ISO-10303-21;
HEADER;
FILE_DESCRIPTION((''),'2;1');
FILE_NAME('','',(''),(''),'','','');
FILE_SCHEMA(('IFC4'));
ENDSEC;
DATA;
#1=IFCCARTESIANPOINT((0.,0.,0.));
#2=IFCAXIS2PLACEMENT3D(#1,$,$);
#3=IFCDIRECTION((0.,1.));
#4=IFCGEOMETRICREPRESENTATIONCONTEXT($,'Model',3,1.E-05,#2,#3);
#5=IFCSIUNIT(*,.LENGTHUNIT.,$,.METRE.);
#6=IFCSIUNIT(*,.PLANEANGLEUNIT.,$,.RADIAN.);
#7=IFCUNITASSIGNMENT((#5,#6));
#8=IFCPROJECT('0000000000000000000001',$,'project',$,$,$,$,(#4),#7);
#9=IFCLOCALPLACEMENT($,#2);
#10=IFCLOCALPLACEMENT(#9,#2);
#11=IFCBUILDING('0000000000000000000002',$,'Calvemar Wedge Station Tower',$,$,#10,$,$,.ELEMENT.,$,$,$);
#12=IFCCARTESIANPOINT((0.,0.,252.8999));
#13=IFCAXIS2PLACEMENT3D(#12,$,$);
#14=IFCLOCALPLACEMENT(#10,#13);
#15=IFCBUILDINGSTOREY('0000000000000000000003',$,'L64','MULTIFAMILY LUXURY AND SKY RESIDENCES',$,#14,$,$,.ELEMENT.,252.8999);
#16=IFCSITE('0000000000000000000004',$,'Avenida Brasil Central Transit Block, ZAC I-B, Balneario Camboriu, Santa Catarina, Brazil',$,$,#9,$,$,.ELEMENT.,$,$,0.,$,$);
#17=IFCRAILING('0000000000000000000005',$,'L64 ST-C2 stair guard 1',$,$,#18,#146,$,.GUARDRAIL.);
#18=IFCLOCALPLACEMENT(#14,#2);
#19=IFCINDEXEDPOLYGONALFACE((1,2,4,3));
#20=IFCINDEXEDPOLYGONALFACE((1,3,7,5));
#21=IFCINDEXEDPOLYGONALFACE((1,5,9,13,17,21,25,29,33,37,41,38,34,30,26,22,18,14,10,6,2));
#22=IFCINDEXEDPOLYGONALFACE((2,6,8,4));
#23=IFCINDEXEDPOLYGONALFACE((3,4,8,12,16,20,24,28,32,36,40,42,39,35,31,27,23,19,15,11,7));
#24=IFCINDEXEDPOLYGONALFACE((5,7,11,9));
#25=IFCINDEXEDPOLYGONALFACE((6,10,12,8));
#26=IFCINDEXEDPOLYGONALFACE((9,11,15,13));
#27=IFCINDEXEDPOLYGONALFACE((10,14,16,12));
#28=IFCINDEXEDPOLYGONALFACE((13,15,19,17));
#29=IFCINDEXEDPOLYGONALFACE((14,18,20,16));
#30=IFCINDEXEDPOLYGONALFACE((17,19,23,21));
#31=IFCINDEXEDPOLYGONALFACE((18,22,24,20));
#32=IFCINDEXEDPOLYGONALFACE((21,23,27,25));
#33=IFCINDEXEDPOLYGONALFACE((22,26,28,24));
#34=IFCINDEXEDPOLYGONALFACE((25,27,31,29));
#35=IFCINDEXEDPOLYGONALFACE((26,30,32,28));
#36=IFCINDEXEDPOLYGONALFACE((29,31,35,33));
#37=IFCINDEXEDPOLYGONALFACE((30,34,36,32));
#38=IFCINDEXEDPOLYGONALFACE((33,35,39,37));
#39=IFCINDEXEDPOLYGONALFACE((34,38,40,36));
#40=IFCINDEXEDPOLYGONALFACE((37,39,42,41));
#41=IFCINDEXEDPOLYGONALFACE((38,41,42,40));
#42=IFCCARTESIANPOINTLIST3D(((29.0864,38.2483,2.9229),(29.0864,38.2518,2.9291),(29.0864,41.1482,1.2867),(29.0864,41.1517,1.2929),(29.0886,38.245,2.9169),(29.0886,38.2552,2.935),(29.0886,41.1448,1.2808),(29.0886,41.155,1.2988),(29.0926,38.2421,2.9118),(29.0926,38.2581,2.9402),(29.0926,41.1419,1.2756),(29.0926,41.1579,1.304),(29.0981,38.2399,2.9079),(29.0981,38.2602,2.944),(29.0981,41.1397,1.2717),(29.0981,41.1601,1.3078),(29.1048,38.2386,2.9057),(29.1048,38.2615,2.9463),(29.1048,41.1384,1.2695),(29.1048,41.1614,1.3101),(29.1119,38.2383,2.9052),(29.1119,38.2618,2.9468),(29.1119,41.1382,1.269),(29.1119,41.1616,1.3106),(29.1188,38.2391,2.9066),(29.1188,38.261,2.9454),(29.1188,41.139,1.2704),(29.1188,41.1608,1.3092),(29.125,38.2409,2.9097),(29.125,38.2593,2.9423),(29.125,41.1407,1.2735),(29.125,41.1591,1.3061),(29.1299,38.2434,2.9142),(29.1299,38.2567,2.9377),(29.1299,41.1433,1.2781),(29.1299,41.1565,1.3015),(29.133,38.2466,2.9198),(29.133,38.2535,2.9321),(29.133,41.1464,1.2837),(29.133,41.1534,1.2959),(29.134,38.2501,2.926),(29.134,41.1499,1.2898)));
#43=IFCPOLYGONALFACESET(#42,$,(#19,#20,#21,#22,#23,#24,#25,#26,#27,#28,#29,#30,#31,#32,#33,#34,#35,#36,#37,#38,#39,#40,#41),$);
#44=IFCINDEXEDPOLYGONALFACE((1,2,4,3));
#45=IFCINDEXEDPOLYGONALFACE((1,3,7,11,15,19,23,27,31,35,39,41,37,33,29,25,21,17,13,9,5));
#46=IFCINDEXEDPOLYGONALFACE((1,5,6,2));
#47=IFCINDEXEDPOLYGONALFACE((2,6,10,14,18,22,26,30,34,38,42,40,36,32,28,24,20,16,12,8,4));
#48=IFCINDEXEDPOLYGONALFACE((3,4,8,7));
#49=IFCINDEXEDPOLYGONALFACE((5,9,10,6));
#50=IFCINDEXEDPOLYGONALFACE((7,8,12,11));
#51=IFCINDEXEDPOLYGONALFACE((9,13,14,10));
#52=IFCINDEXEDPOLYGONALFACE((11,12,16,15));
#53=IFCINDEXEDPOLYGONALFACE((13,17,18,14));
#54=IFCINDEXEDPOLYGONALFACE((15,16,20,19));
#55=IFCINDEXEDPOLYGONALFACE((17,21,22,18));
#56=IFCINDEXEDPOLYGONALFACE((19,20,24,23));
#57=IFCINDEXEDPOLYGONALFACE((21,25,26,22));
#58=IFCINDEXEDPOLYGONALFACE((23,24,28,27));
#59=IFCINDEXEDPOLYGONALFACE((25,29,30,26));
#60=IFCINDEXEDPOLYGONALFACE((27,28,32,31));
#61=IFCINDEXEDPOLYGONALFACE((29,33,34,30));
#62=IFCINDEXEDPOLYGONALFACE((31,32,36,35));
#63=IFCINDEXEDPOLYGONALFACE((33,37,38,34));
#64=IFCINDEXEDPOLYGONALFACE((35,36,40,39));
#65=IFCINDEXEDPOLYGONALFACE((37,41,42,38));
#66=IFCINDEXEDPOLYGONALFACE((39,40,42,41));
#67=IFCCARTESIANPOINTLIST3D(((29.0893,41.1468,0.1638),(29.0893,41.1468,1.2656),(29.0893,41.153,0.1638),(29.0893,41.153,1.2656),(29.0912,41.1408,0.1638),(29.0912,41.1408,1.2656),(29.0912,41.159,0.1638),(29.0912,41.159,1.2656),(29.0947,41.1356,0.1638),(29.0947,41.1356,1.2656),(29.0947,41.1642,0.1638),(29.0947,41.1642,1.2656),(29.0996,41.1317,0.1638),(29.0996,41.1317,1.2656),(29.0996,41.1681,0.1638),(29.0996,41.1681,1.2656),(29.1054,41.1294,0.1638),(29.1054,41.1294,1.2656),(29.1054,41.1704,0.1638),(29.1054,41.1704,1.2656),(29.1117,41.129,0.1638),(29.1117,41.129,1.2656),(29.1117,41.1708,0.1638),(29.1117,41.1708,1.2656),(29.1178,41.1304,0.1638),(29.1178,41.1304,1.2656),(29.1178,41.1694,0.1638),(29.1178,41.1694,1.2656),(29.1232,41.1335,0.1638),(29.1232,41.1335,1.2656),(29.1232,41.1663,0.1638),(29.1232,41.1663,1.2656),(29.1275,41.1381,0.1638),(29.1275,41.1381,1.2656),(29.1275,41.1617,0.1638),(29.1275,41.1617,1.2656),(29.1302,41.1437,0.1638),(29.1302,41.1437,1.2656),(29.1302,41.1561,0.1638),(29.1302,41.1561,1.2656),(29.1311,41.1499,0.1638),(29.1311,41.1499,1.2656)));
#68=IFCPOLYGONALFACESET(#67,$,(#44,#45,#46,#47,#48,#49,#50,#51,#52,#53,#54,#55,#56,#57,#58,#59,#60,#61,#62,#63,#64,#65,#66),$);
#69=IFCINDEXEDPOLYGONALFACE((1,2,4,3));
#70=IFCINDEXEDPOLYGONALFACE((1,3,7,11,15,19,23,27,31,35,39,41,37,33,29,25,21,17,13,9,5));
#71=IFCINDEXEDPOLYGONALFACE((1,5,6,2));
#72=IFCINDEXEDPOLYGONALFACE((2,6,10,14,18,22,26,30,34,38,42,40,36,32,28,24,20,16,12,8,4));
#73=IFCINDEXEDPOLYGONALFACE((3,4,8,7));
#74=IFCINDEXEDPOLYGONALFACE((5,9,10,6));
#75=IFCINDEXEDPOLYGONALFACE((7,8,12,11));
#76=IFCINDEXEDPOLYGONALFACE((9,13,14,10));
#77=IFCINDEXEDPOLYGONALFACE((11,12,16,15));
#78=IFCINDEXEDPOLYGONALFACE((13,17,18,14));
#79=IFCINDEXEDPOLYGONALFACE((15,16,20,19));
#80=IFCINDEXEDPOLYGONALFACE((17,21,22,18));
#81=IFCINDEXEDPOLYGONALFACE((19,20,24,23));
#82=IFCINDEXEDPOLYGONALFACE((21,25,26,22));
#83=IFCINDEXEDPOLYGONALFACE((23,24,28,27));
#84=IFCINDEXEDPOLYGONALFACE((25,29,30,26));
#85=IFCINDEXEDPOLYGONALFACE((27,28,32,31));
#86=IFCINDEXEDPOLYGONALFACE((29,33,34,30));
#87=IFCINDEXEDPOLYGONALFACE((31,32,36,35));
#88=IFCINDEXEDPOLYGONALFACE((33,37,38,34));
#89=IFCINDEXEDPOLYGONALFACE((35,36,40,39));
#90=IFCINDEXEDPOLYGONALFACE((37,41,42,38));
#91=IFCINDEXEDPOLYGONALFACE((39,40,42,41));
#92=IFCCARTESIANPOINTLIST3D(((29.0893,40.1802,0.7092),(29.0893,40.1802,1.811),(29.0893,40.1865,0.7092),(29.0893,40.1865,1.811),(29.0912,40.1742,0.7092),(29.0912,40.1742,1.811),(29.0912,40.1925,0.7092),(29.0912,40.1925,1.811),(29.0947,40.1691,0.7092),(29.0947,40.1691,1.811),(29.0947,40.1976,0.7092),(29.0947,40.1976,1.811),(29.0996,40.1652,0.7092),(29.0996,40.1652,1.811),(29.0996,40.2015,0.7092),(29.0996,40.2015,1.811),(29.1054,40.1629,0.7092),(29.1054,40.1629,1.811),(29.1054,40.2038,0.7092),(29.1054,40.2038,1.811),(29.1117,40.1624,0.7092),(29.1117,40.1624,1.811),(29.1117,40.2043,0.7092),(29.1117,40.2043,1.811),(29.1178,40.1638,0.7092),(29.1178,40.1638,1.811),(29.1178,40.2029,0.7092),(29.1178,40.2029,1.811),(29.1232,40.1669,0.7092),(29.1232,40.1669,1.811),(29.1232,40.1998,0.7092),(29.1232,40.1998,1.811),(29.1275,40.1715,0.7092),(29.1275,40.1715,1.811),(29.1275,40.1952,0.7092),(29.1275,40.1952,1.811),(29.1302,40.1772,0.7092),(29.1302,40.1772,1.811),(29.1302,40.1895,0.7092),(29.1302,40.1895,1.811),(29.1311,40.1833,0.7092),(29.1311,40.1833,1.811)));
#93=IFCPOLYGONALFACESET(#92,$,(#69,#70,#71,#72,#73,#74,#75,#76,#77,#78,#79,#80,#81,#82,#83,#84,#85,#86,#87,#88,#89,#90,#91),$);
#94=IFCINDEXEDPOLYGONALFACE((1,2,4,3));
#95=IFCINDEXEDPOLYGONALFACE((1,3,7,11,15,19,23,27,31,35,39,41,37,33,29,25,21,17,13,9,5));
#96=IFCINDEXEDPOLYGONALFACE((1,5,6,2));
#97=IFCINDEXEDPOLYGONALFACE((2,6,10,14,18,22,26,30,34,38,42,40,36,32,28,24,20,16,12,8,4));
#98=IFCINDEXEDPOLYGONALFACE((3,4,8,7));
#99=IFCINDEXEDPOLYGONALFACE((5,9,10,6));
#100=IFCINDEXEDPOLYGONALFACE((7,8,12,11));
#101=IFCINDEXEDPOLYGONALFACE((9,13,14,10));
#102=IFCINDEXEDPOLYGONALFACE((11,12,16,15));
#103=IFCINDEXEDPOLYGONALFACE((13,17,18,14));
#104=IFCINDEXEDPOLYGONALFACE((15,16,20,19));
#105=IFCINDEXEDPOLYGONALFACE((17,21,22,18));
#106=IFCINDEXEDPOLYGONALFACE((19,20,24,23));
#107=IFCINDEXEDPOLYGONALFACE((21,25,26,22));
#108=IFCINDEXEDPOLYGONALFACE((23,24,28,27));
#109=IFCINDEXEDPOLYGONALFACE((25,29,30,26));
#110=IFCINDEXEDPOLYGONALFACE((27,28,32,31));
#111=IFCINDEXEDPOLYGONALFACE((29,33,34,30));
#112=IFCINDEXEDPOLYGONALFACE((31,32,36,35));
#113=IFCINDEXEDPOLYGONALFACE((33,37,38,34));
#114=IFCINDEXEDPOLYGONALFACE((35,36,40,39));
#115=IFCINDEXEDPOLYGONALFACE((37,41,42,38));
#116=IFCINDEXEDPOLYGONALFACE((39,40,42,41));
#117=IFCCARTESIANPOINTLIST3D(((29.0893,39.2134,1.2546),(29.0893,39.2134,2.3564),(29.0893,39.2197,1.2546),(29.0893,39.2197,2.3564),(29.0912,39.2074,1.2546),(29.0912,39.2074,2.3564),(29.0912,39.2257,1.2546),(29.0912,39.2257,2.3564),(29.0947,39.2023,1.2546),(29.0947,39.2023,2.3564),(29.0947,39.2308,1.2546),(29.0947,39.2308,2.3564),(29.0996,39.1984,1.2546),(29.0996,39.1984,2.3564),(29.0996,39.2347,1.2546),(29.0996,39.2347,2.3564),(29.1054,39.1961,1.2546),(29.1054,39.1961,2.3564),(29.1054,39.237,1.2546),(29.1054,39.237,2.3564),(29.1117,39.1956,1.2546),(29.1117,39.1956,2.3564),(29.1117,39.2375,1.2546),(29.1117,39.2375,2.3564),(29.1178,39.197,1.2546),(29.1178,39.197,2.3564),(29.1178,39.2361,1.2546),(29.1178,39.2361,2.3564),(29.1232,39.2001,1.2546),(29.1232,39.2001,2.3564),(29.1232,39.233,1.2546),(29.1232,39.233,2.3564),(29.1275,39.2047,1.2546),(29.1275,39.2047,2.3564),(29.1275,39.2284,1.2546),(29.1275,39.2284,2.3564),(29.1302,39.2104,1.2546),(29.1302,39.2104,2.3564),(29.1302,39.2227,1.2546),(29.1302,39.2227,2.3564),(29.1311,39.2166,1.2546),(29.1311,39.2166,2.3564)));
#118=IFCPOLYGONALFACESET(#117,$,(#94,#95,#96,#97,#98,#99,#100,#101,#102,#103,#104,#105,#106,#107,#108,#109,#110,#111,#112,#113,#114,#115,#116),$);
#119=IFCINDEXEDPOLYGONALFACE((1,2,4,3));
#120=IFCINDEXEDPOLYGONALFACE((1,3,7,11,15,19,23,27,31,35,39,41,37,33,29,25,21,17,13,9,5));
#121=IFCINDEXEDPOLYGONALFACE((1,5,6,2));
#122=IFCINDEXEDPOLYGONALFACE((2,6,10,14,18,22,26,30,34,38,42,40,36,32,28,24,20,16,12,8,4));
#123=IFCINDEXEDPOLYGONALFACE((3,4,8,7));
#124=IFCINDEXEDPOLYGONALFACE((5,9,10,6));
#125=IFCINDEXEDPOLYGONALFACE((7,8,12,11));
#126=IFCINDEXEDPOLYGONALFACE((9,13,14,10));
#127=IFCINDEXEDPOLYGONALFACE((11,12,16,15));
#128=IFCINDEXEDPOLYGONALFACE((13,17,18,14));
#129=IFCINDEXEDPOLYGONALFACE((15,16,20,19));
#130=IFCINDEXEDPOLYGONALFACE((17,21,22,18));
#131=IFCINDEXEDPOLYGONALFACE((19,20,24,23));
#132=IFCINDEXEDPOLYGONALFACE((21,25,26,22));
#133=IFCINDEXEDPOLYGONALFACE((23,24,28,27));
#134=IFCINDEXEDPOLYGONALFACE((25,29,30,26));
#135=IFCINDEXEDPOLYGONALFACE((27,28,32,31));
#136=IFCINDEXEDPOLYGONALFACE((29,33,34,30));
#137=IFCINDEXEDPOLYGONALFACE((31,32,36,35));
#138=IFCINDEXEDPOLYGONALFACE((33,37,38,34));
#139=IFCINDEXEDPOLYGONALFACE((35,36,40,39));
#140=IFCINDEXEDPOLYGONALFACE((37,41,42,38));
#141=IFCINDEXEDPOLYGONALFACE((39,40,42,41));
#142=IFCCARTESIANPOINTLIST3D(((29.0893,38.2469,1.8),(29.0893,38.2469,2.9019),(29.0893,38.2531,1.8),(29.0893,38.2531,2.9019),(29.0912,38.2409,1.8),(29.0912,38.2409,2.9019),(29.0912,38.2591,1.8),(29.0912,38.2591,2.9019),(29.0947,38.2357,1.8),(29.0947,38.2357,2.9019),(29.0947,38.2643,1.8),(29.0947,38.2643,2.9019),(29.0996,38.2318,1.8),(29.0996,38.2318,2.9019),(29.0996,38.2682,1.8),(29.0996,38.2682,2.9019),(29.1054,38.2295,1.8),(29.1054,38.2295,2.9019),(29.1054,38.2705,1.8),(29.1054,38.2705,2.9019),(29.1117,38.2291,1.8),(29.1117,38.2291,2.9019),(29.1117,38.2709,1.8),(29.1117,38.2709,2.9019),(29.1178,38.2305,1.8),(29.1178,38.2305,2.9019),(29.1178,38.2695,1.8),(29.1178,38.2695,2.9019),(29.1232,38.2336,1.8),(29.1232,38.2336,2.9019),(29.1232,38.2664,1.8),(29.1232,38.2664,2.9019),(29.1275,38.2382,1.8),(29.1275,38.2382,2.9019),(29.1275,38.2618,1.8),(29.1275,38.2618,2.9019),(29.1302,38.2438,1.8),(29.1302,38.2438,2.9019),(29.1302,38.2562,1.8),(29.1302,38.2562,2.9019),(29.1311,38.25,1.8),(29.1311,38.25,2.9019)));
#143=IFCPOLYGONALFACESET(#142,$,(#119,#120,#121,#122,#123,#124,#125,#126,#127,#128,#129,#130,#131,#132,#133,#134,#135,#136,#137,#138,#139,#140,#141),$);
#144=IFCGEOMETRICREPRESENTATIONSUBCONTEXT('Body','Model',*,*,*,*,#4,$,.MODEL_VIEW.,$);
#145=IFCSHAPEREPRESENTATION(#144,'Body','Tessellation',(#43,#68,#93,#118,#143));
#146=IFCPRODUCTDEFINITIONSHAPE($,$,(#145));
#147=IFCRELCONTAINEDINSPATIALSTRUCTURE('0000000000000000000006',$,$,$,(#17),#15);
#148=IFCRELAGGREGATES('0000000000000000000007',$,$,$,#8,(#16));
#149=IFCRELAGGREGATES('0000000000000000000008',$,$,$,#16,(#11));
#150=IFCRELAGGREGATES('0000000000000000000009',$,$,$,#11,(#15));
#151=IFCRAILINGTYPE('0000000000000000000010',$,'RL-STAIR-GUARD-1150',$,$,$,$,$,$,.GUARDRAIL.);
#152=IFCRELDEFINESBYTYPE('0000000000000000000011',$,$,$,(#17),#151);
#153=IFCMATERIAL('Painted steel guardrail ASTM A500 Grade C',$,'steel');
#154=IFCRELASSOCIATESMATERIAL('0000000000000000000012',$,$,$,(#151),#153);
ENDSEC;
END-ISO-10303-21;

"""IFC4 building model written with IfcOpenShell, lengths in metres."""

from ifc_helpers import new_model, si_unit, direction, frame, origin, origin_2d, place, context, subcontext, project, spatial, circle, extrude, material, type_object, element, save


model = new_model("IFC4")

# Units and contexts
model_context = context("Model", 3, precision=1e-05, world=origin(), true_north=direction((0.0, 1.0)))
body_context = subcontext(model_context, "Body", "Model", "MODEL_VIEW")
ifc_project = project(units=[si_unit("LENGTHUNIT", "METRE"), si_unit("PLANEANGLEUNIT", "RADIAN")], contexts=[model_context])

# Site, building, storey
site_placement = place(None, origin())
site = spatial("IfcSite", under=ifc_project, at=site_placement, Name="Avenida Brasil Central Transit Block, ZAC I-B, Balneario Camboriu, Santa Catarina, Brazil", CompositionType="ELEMENT", RefElevation=0.0)
building_placement = place(site_placement, origin())
building = spatial("IfcBuilding", under=site, at=building_placement, Name="Calvemar Wedge Station Tower", CompositionType="ELEMENT")
storey_placement = place(building_placement, frame((0.0, 0.0, 252.8999)))
storey = spatial("IfcBuildingStorey", under=building, at=storey_placement, Name="L64", Description="MULTIFAMILY LUXURY AND SKY RESIDENCES", CompositionType="ELEMENT", Elevation=252.8999)

# Railing
ifc_material_1 = material(Name="Painted steel guardrail ASTM A500 Grade C", Category="steel")
railing_type_1 = type_object("IfcRailingType", Name="RL-STAIR-GUARD-1150", PredefinedType="GUARDRAIL", material=ifc_material_1)
railing_1_placement = place(storey_placement, frame((29.1101, 41.1499, 0.1638)))
element("IfcRailing", 1, at=railing_1_placement, inside=storey, type_object=railing_type_1, Name="L64 ST-C2 stair guard 1", PredefinedType="GUARDRAIL", context=body_context, shape_type="SweptSolid", body=[
    extrude(circle(Radius=0.0239, at=origin_2d()), frame((0.0, 0.0, 1.126), z_axis=(0.0, -0.870929, 0.49141), x_axis=(1.0, 0.0, 0.0)), (0.0, 0.0, 1.0), 3.3296),
    extrude(circle(Radius=0.021, at=origin_2d()), origin(), (0.0, 0.0, 1.0), 1.1018),
    extrude(circle(Radius=0.021, at=origin_2d()), frame((0.0, -0.9666, 0.5454)), (0.0, 0.0, 1.0), 1.1018),
    extrude(circle(Radius=0.021, at=origin_2d()), frame((0.0, -1.9333, 1.0908)), (0.0, 0.0, 1.0), 1.1018),
    extrude(circle(Radius=0.021, at=origin_2d()), frame((0.0, -2.8999, 1.6362)), (0.0, 0.0, 1.0), 1.1018),
])

save(model, "model.ifc")
